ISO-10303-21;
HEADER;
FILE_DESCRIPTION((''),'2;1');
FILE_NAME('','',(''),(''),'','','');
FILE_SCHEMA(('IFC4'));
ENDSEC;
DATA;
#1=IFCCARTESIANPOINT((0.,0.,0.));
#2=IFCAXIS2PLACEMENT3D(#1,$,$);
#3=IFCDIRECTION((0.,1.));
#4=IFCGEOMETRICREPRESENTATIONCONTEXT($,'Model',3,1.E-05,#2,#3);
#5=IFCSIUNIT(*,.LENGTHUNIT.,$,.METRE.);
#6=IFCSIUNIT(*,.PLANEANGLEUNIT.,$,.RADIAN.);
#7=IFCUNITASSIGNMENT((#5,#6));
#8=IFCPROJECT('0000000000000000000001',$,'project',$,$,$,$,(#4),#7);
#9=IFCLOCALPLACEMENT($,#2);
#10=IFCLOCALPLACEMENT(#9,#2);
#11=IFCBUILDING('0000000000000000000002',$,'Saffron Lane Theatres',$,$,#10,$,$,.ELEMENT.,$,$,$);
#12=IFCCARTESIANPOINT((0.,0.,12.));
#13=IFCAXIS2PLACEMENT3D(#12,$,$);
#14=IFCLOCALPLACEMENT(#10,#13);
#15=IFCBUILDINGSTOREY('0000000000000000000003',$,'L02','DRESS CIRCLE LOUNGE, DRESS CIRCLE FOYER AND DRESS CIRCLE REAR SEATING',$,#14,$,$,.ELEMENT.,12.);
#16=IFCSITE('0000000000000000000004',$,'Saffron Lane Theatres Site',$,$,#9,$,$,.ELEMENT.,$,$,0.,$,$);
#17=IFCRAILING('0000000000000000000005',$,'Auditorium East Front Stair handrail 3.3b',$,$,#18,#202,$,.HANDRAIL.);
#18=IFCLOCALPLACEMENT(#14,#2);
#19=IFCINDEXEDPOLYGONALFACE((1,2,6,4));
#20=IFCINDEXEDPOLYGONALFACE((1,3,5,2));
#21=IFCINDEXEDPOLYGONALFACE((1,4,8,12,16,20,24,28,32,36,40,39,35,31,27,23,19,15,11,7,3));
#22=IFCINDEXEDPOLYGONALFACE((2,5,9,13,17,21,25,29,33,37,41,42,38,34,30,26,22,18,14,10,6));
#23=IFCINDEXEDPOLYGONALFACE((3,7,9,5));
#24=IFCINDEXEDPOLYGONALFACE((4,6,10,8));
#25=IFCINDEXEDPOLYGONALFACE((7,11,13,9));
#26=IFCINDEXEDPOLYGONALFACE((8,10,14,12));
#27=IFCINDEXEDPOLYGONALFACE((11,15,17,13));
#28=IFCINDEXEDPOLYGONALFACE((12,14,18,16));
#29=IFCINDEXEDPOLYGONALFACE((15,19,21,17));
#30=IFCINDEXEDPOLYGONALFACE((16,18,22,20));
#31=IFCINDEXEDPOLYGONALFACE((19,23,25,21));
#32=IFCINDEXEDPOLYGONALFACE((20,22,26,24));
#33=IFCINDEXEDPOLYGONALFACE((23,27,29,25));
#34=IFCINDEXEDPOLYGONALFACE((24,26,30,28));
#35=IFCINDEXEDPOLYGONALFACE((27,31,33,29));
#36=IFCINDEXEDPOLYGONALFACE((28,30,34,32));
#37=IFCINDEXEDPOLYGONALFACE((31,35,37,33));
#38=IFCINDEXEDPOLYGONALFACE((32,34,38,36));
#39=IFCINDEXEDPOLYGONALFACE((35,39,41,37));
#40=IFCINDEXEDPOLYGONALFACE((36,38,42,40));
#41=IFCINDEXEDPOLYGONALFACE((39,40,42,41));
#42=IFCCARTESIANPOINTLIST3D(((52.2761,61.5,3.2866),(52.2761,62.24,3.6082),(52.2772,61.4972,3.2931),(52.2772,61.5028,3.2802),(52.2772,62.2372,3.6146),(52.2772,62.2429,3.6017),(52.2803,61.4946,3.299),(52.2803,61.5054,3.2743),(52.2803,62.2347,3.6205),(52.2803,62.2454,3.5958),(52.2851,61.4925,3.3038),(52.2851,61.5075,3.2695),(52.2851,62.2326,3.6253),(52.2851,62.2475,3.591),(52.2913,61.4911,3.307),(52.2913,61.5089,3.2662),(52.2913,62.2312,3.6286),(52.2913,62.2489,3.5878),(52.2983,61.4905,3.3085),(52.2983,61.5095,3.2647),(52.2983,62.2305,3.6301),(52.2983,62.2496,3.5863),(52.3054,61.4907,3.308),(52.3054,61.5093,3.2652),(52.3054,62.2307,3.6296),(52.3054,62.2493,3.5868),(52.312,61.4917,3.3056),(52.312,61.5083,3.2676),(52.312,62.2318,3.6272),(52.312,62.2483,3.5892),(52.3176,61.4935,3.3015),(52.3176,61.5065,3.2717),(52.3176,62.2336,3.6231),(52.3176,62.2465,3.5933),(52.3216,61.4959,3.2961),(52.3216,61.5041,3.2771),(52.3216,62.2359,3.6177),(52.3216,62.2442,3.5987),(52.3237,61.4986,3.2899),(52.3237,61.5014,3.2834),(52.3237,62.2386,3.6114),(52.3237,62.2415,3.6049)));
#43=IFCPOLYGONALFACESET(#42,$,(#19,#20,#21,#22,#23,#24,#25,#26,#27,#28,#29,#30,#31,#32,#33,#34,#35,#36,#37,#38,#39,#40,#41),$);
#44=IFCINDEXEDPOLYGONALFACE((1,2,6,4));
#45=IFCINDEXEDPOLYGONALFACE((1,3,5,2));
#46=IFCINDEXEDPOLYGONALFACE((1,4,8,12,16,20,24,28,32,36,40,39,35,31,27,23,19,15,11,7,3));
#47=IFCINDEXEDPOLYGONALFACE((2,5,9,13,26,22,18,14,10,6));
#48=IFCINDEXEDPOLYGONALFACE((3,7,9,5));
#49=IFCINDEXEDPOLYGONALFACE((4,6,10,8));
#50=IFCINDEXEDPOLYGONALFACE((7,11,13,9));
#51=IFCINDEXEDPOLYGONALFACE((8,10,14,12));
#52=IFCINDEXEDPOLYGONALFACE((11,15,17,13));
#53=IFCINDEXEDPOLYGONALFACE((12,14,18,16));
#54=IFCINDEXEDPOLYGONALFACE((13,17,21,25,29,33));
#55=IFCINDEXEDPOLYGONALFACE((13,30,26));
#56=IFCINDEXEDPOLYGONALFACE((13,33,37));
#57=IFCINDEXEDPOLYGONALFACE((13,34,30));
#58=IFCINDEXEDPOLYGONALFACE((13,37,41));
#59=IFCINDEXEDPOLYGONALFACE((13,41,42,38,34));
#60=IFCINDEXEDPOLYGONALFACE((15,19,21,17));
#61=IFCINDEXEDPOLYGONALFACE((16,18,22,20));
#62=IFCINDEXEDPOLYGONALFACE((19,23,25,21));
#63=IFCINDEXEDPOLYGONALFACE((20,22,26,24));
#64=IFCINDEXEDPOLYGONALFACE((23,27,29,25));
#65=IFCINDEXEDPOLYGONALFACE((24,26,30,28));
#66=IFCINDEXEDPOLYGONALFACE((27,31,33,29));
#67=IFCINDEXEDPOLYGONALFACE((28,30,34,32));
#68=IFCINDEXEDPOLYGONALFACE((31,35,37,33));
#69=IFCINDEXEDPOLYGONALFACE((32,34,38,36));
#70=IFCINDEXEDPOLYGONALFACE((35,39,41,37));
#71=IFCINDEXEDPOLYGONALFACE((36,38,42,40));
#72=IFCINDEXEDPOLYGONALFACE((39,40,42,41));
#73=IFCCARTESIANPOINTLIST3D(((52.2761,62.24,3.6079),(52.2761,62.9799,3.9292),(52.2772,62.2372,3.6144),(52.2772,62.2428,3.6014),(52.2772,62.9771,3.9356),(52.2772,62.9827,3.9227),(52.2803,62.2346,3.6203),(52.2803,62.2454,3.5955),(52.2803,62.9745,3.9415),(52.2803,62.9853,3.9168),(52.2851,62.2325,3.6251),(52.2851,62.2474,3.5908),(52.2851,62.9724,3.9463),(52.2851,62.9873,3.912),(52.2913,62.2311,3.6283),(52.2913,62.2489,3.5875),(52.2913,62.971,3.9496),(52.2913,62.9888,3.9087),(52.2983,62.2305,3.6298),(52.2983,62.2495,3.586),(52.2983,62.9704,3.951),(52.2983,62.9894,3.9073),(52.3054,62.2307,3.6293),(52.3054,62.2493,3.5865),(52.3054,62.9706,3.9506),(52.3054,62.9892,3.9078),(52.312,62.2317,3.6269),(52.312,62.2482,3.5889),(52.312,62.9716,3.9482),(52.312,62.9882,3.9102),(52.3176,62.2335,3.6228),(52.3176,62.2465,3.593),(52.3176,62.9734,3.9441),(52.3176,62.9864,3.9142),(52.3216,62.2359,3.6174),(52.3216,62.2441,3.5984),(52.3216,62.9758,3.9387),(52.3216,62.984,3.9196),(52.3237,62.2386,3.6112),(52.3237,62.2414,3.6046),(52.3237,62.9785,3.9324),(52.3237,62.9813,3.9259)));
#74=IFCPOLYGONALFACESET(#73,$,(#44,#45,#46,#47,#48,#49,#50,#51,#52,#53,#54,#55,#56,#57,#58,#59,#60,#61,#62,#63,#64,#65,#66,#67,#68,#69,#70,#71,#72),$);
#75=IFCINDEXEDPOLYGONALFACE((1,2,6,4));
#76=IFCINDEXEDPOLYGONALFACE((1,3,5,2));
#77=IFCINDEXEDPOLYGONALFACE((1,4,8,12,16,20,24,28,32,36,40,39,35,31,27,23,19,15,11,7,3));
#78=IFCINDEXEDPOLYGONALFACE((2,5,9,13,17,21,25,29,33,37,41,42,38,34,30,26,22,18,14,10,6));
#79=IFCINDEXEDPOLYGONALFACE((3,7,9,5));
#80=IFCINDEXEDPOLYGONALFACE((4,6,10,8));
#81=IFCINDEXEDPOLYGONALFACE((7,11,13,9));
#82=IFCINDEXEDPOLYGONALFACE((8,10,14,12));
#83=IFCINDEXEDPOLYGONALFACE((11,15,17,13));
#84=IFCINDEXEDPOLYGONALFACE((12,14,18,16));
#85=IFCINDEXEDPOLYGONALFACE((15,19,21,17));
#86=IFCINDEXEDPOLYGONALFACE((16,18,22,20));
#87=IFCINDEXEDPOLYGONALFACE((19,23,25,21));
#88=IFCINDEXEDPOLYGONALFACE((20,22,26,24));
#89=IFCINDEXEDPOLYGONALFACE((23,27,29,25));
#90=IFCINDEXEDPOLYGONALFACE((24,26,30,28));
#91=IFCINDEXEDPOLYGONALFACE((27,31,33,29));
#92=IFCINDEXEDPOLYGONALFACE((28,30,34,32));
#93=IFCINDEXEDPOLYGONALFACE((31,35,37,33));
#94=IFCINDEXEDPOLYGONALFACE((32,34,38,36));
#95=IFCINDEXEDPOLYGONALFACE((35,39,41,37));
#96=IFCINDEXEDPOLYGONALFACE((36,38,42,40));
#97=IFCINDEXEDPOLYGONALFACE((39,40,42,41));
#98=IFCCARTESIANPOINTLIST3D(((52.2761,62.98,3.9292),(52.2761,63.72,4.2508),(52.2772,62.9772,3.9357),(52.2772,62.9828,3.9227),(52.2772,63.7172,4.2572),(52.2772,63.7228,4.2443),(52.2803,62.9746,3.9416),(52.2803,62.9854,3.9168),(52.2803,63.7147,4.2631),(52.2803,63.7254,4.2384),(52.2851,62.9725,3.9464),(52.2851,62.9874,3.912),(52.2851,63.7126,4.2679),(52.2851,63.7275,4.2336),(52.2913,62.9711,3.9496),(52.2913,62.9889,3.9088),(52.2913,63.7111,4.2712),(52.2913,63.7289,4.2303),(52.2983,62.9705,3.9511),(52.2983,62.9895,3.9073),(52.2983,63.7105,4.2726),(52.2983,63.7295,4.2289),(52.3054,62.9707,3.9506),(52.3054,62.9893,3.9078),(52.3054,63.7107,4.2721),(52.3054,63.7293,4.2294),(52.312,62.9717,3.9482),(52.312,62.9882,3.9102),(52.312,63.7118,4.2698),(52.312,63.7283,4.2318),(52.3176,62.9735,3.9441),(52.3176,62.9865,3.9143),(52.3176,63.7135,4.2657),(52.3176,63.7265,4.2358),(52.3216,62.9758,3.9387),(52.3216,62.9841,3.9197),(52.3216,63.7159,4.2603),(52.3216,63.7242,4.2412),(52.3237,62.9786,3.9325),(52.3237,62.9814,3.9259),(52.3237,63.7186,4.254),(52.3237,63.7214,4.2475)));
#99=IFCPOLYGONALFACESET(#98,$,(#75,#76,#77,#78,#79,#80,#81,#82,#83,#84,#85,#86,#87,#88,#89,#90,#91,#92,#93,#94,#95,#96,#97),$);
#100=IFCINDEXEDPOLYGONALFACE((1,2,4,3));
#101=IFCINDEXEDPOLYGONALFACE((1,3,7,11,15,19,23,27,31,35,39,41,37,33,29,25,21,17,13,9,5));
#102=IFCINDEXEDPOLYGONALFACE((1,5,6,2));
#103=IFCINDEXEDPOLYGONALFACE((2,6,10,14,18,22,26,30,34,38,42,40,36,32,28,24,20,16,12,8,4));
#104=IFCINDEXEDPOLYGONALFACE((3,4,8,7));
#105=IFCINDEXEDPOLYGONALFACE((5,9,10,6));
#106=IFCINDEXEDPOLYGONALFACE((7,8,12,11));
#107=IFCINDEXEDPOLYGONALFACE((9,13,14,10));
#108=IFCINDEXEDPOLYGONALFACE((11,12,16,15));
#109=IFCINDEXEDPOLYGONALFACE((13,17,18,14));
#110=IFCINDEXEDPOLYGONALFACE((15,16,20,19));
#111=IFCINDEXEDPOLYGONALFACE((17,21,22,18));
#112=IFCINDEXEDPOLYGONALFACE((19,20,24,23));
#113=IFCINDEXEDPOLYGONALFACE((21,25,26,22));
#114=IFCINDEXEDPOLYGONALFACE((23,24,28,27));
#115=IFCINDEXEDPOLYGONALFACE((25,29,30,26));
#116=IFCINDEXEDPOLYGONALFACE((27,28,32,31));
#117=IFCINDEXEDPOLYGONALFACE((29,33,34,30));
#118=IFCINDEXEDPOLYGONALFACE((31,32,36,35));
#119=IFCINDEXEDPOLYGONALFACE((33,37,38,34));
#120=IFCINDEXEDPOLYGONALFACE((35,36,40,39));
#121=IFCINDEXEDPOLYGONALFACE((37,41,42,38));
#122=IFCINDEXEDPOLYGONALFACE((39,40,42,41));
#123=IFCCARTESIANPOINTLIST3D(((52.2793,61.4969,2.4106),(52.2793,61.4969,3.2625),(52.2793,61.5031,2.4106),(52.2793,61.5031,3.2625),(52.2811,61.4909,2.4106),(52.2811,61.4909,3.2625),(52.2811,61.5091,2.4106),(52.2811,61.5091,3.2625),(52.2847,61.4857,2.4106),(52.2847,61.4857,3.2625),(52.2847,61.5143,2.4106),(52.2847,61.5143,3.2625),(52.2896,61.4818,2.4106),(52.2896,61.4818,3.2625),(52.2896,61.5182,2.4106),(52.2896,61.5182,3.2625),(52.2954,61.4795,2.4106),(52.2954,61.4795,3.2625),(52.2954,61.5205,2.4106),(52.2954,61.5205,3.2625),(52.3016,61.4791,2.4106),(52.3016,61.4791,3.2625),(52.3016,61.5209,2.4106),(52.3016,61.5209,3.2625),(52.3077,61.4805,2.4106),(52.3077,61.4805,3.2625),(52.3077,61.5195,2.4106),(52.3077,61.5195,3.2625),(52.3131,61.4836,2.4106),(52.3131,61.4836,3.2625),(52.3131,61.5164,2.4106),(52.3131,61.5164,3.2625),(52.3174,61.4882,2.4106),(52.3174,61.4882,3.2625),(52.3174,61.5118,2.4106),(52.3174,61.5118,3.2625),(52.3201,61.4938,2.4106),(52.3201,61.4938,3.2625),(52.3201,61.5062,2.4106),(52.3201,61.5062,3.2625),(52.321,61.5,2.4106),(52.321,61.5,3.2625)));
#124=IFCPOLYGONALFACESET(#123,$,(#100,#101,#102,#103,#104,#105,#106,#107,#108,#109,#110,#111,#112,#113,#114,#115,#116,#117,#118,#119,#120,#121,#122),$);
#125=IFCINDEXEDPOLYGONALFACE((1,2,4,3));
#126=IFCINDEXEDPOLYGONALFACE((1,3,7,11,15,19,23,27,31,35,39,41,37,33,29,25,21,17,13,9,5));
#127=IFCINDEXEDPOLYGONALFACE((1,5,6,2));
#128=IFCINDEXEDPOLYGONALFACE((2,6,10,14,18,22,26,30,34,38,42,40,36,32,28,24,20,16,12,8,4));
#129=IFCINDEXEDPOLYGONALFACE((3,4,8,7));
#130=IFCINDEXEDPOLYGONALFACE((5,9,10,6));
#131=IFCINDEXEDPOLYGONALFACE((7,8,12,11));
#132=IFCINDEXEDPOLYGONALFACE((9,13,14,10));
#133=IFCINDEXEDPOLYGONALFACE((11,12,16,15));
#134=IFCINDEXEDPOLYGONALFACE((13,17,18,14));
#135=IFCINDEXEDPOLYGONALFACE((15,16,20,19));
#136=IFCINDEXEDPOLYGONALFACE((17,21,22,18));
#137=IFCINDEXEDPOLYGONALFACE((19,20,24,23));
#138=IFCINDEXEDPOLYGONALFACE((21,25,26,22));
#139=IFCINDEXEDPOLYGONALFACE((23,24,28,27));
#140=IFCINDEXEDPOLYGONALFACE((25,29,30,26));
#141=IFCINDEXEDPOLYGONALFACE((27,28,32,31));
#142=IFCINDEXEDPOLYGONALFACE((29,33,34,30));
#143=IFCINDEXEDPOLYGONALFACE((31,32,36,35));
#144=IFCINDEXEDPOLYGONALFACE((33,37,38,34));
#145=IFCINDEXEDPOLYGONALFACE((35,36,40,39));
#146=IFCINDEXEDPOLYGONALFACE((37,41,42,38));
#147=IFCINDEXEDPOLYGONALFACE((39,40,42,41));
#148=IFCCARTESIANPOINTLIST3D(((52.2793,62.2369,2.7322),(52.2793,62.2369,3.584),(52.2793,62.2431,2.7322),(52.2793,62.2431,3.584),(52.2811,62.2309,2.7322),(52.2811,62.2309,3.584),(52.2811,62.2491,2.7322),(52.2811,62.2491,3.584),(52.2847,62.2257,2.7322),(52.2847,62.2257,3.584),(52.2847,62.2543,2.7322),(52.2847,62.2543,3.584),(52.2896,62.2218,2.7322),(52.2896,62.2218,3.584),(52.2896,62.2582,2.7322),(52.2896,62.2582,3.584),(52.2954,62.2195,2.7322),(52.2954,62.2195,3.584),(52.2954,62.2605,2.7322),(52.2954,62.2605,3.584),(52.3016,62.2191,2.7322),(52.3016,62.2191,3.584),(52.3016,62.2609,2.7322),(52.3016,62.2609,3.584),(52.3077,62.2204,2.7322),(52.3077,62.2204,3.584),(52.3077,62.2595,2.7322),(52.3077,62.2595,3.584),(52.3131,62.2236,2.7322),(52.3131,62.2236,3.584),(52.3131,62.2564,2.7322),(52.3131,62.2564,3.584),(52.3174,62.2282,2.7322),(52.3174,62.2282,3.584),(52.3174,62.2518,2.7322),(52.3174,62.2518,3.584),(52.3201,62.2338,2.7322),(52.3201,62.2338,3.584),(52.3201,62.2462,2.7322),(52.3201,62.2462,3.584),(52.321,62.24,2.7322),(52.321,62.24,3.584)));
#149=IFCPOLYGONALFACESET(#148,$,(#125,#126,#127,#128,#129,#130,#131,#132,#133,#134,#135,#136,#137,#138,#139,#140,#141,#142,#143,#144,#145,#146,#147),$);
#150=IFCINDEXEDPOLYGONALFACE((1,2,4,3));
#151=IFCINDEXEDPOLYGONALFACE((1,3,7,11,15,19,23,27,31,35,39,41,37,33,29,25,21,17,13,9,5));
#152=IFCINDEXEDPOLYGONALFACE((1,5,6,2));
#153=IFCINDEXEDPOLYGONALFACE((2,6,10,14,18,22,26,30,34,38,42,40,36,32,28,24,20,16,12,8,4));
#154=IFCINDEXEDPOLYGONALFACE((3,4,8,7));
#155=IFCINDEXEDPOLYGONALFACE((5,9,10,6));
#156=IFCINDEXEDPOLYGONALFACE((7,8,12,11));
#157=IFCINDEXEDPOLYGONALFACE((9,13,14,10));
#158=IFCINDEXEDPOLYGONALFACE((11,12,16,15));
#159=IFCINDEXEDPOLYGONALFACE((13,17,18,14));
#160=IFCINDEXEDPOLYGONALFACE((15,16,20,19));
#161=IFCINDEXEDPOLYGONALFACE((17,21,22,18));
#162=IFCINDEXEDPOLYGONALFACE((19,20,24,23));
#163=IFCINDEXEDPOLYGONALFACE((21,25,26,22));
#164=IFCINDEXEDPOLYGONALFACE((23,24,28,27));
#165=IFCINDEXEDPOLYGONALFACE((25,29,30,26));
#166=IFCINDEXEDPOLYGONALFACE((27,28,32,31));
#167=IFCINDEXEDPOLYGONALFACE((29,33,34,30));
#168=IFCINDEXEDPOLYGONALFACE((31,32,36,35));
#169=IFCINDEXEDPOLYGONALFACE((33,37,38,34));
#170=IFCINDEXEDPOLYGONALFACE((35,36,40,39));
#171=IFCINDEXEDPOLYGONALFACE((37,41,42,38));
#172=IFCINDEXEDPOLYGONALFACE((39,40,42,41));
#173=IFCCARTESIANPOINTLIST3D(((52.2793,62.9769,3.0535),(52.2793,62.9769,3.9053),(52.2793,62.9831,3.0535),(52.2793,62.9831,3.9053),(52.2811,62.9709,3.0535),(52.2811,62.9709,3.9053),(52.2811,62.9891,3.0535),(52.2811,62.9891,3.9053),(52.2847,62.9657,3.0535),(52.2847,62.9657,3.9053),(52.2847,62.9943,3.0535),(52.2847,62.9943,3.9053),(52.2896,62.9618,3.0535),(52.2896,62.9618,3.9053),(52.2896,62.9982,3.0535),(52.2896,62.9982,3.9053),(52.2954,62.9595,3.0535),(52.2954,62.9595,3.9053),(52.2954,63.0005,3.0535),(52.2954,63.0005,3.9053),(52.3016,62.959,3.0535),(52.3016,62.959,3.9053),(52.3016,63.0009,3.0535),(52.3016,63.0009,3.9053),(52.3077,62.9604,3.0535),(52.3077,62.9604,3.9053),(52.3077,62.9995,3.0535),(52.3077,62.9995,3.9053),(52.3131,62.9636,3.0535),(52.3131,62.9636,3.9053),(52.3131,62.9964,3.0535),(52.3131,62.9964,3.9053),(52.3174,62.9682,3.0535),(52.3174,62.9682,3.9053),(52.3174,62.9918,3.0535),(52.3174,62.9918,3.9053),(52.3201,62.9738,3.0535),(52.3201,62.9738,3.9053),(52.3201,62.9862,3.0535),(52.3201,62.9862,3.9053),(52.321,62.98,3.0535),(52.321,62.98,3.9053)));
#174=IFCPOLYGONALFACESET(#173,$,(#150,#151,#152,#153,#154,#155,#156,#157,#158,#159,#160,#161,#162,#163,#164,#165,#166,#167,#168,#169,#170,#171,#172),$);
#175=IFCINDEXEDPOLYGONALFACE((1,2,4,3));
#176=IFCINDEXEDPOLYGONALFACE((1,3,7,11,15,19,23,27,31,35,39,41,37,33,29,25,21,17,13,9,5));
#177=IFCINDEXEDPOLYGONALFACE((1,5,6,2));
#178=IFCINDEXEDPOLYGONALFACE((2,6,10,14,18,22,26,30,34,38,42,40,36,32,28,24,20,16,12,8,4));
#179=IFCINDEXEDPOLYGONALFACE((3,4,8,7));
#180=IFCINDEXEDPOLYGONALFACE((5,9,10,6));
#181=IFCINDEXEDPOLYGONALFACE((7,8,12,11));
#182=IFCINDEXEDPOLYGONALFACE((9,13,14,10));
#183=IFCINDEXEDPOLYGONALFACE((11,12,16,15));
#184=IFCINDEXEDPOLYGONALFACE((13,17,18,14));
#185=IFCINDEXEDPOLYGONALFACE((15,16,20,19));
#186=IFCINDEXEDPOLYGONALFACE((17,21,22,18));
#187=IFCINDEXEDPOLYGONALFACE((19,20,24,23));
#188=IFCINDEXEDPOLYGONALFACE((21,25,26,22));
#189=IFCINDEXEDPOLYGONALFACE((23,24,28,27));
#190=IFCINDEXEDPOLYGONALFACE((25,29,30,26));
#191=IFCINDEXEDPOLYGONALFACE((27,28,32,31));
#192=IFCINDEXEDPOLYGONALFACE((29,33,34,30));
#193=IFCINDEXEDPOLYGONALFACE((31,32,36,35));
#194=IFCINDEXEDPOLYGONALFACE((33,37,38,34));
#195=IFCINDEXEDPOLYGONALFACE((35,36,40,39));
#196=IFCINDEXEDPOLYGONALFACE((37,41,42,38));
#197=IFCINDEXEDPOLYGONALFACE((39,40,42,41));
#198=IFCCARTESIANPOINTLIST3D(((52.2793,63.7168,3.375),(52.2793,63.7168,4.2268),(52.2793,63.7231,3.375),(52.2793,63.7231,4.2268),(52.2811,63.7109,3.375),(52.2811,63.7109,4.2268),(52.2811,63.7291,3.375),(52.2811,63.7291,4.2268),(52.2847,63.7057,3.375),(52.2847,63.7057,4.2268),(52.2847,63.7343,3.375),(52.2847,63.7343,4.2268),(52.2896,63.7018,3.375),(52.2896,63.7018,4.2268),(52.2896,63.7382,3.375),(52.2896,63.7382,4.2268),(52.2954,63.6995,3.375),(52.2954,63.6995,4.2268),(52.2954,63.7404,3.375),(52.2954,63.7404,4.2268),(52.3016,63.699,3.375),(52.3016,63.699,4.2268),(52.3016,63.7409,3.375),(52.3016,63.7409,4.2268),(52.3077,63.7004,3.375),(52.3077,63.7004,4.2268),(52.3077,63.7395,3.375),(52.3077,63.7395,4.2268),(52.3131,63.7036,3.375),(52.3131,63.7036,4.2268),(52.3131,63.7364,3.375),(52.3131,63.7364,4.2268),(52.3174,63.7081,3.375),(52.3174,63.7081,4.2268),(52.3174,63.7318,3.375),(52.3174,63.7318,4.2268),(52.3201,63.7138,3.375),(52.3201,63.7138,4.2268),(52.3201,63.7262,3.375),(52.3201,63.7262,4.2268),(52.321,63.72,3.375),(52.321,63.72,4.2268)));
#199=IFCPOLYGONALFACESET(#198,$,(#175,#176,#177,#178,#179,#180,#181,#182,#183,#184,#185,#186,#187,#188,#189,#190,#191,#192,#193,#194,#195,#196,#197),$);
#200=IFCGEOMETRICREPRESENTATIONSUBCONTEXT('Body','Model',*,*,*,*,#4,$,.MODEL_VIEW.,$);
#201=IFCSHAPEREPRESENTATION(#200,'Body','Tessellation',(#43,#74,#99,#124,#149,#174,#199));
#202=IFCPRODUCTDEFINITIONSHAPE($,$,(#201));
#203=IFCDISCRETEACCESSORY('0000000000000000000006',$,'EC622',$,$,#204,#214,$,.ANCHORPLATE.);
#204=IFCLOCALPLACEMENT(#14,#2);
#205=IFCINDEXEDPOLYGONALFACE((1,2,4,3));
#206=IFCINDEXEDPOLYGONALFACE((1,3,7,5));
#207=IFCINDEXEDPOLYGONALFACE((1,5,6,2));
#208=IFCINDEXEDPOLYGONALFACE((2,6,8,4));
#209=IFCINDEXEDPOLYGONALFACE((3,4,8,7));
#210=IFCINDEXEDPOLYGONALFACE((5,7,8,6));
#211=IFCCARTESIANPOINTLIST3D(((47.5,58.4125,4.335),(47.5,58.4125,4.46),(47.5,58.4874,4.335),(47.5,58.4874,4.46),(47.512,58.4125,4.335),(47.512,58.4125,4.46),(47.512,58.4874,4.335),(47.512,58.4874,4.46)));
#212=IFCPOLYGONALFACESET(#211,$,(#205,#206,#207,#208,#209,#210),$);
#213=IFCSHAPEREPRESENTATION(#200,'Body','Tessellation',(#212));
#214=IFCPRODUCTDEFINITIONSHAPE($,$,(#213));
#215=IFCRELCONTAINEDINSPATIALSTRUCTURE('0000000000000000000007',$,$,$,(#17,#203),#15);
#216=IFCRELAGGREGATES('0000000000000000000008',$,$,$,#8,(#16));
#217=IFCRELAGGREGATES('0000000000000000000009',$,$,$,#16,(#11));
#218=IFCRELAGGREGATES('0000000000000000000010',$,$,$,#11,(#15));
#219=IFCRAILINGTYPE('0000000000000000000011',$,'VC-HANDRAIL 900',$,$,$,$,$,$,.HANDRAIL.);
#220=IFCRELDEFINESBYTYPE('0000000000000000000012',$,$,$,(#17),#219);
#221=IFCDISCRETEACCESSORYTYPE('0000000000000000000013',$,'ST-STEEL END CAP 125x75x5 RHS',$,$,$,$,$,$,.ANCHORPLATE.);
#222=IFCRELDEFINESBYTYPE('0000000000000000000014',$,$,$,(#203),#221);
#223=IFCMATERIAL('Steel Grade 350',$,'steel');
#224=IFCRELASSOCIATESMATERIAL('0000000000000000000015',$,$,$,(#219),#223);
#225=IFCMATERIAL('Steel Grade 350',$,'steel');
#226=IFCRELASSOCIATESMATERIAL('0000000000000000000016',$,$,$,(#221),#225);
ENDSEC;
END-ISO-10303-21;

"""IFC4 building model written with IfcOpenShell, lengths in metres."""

from ifc_helpers import new_model, si_unit, direction, frame, origin, origin_2d, place, context, subcontext, project, spatial, rectangle, circle, extrude, material, material_profile, profile_set, type_object, element, save


model = new_model("IFC4")

# Units and contexts
model_context = context("Model", 3, precision=1e-05, world=origin(), true_north=direction((0.0, 1.0)))
body_context = subcontext(model_context, "Body", "Model", "MODEL_VIEW")
ifc_project = project(units=[si_unit("LENGTHUNIT", "METRE"), si_unit("PLANEANGLEUNIT", "RADIAN")], contexts=[model_context])

# Site, building, storey
site_placement = place(None, origin())
site = spatial("IfcSite", under=ifc_project, at=site_placement, Name="Saffron Lane Theatres Site", CompositionType="ELEMENT", RefElevation=0.0)
building_placement = place(site_placement, origin())
building = spatial("IfcBuilding", under=site, at=building_placement, Name="Saffron Lane Theatres", CompositionType="ELEMENT")
storey_placement = place(building_placement, frame((0.0, 0.0, 12.0)))
storey = spatial("IfcBuildingStorey", under=building, at=storey_placement, Name="L02", Description="DRESS CIRCLE LOUNGE, DRESS CIRCLE FOYER AND DRESS CIRCLE REAR SEATING", CompositionType="ELEMENT", Elevation=12.0)

# Railing
ifc_material_1 = material(Name="Steel Grade 350", Category="steel")
railing_type_1 = type_object("IfcRailingType", Name="VC-HANDRAIL 900", PredefinedType="HANDRAIL", material=ifc_material_1)
for number, where, name in (
    (1, (52.3, 61.5, 2.4106), "Auditorium East Front Stair handrail 3.3b"),
):
    element("IfcRailing", number, at=place(storey_placement, frame(where)), inside=storey, type_object=railing_type_1, Name=name, PredefinedType="HANDRAIL", context=body_context, shape_type="SweptSolid", body=[
        extrude(circle(Radius=0.0239, at=origin_2d()), frame((0.0, 0.0, 0.876), z_axis=(0.0, 0.917161, 0.398516), x_axis=(-1.0, 0.0, 0.0)), (0.0, 0.0, 1.0), 0.8069),
        extrude(circle(Radius=0.0239, at=origin_2d()), frame((0.0, 0.74, 1.1973), z_axis=(0.0, 0.917272, 0.398261), x_axis=(-1.0, 0.0, 0.0)), (0.0, 0.0, 1.0), 0.8066),
        extrude(circle(Radius=0.0239, at=origin_2d()), frame((0.0, 1.48, 1.5186), z_axis=(0.0, 0.917161, 0.398516), x_axis=(-1.0, 0.0, 0.0)), (0.0, 0.0, 1.0), 0.8069),
        extrude(circle(Radius=0.021, at=origin_2d()), origin(), (0.0, 0.0, 1.0), 0.8518),
        extrude(circle(Radius=0.021, at=origin_2d()), frame((0.0, 0.74, 0.3215)), (0.0, 0.0, 1.0), 0.8518),
        extrude(circle(Radius=0.021, at=origin_2d()), frame((0.0, 1.48, 0.6428)), (0.0, 0.0, 1.0), 0.8518),
        extrude(circle(Radius=0.021, at=origin_2d()), frame((0.0, 2.22, 0.9644)), (0.0, 0.0, 1.0), 0.8518),
    ])

# Discrete accessory
ifc_material_2 = material(Name="Steel Grade 350", Category="steel")
ifc_material_profile = material_profile(ifc_material_2, rectangle(XDim=0.075, YDim=0.125, at=origin_2d()))
ifc_profile_set = profile_set([ifc_material_profile], Name="Steel Grade 350")
discrete_accessory_type = type_object("IfcDiscreteAccessoryType", Name="ST-STEEL END CAP 125x75x5 RHS", PredefinedType="ANCHORPLATE", material=ifc_profile_set)
for number, where, z_axis, x_axis, name in (
    (2, (47.5, 58.45, 4.3975), (1.0, 0.0, 0.0), (0.0, 1.0, 0.0), "EC622"),
):
    element("IfcDiscreteAccessory", number, at=place(storey_placement, frame(where, z_axis=z_axis, x_axis=x_axis)), inside=storey, type_object=discrete_accessory_type, Name=name, PredefinedType="ANCHORPLATE", context=body_context, shape_type="SweptSolid", body=[
        extrude(rectangle(XDim=0.075, YDim=0.125, at=origin_2d()), origin(), (0.0, 0.0, 1.0), 0.012),
    ])

save(model, "model.ifc")
